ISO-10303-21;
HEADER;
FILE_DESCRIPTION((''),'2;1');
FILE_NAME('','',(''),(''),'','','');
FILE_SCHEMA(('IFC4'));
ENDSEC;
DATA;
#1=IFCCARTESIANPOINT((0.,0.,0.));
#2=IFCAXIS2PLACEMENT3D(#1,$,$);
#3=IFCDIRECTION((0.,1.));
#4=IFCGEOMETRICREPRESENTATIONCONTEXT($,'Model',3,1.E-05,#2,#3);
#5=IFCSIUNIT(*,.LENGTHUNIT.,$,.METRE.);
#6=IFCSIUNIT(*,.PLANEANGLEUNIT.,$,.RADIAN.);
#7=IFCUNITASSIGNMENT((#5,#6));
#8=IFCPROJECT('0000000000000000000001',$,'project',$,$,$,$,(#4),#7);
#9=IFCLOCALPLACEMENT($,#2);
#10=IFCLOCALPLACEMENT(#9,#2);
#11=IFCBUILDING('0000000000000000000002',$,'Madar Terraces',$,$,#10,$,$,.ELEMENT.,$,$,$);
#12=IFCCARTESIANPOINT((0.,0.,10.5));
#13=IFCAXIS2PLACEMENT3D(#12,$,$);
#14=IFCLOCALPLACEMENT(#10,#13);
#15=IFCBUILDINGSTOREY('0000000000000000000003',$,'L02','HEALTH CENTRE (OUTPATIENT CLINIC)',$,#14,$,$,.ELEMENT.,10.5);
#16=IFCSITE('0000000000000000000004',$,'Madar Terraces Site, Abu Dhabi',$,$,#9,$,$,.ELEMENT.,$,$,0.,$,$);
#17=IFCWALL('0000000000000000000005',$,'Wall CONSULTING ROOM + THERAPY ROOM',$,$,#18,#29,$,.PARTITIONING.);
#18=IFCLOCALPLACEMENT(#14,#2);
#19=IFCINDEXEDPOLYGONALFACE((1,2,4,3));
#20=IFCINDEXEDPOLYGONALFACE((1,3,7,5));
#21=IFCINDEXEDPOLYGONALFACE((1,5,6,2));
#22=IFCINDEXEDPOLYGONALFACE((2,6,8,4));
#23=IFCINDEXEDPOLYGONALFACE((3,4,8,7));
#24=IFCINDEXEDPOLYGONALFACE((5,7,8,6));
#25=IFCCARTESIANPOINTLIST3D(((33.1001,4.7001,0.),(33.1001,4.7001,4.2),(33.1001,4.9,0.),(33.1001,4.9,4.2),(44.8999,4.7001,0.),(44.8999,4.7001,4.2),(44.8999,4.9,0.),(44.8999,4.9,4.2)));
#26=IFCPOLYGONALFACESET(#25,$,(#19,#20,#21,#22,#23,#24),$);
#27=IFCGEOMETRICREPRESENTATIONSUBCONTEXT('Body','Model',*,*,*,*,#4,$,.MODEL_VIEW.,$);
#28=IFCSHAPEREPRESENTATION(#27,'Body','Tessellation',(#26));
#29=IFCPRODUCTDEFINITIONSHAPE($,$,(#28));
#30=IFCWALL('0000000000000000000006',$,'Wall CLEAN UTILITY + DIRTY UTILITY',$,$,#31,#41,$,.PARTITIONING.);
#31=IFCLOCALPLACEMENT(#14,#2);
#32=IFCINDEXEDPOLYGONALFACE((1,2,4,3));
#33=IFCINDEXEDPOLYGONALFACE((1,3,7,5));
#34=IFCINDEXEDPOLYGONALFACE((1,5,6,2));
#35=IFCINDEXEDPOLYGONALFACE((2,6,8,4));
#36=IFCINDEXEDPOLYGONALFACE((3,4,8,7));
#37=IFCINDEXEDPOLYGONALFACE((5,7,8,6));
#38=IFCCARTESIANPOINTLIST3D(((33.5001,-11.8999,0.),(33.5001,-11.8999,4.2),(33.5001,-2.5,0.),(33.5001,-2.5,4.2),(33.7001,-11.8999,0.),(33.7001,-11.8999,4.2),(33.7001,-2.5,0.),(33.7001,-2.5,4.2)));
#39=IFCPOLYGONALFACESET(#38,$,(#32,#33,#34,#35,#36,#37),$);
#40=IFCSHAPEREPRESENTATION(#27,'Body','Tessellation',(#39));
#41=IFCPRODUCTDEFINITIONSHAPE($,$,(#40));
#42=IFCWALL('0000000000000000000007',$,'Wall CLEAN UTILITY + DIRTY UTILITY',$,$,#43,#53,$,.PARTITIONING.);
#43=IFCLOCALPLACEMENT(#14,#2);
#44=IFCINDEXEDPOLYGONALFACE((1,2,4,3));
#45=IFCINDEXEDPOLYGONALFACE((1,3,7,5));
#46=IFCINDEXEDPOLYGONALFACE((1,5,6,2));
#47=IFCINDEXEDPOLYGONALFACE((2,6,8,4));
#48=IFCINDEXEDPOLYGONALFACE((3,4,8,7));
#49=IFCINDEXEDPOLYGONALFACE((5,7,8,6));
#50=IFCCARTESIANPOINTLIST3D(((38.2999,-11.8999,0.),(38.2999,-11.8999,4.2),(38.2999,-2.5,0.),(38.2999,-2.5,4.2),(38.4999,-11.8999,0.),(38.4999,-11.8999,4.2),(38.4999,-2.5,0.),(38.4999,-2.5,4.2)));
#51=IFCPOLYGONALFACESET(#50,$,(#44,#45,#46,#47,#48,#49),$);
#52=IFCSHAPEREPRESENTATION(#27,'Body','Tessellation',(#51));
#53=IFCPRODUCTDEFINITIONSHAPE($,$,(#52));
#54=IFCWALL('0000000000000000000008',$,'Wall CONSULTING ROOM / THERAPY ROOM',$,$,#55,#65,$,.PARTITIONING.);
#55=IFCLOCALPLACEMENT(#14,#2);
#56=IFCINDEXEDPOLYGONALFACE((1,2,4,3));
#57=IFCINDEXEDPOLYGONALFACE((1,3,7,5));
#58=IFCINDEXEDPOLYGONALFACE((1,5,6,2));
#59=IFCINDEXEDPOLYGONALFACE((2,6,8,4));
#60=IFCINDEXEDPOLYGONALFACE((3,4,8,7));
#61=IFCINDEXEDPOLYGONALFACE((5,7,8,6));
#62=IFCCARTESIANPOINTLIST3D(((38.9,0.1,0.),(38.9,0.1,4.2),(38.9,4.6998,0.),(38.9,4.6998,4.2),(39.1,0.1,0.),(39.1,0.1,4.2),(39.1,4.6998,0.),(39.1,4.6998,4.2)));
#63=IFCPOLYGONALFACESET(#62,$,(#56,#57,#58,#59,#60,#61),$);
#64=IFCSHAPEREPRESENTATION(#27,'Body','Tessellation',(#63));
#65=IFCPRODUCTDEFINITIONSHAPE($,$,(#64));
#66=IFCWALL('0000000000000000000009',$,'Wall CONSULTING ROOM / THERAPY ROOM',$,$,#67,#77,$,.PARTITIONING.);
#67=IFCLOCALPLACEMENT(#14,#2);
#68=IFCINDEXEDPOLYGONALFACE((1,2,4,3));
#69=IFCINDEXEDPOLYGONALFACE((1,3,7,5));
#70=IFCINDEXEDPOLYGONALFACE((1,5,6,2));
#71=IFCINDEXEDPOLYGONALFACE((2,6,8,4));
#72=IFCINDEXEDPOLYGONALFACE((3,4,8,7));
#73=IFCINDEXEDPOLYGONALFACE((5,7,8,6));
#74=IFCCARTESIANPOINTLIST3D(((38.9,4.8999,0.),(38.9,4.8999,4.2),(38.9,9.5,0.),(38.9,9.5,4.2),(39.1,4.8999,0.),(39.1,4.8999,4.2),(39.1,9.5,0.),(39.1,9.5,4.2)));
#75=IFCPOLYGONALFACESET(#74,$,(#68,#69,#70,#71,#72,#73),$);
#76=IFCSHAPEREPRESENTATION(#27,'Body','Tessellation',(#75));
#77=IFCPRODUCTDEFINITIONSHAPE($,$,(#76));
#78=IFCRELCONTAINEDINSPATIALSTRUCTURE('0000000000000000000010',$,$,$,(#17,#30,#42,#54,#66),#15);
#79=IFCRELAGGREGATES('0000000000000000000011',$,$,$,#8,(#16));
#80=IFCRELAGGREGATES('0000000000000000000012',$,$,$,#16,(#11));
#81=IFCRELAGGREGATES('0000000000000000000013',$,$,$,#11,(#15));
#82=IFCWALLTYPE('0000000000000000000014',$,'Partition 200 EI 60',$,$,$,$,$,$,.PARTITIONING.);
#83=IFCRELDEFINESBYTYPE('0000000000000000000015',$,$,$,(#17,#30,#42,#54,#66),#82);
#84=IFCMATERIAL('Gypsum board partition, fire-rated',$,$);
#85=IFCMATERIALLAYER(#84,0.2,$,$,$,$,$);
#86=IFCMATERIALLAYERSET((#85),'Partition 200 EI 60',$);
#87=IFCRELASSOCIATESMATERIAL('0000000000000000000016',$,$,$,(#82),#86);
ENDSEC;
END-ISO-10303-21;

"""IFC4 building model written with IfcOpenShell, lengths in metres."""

from ifc_helpers import new_model, si_unit, direction, frame, frame_2d, origin, place, context, subcontext, project, spatial, rectangle, extrude, material, layer, layer_set, type_object, element, save


model = new_model("IFC4")

# Units and contexts
model_context = context("Model", 3, precision=1e-05, world=origin(), true_north=direction((0.0, 1.0)))
body_context = subcontext(model_context, "Body", "Model", "MODEL_VIEW")
ifc_project = project(units=[si_unit("LENGTHUNIT", "METRE"), si_unit("PLANEANGLEUNIT", "RADIAN")], contexts=[model_context])

# Site, building, storey
site_placement = place(None, origin())
site = spatial("IfcSite", under=ifc_project, at=site_placement, Name="Madar Terraces Site, Abu Dhabi", CompositionType="ELEMENT", RefElevation=0.0)
building_placement = place(site_placement, origin())
building = spatial("IfcBuilding", under=site, at=building_placement, Name="Madar Terraces", CompositionType="ELEMENT")
storey_placement = place(building_placement, frame((0.0, 0.0, 10.5)))
storey = spatial("IfcBuildingStorey", under=building, at=storey_placement, Name="L02", Description="HEALTH CENTRE (OUTPATIENT CLINIC)", CompositionType="ELEMENT", Elevation=10.5)

# Shared definitions
ifc_material_1 = material(Name="Gypsum board partition, fire-rated")
ifc_layer = layer(ifc_material_1, 0.2)
ifc_layer_set = layer_set([ifc_layer], Name="Partition 200 EI 60")
wall_type = type_object("IfcWallType", Name="Partition 200 EI 60", PredefinedType="PARTITIONING", material=ifc_layer_set)

# Walls
wall_1_placement = place(storey_placement, frame((33.1001, 4.8, 0.0), z_axis=(0.0, 0.0, 1.0), x_axis=(1.0, 0.0, 0.0)))
element("IfcWall", 1, at=wall_1_placement, inside=storey, type_object=wall_type, Name="Wall CONSULTING ROOM + THERAPY ROOM", PredefinedType="PARTITIONING", context=body_context, shape_type="SweptSolid", body=[
    extrude(rectangle(XDim=11.7998, YDim=0.2, at=frame_2d((5.8999, 0.0))), origin(), (0.0, 0.0, 1.0), 4.2),
])
for number, where, z_axis, x_axis, name in (
    (2, (33.6001, -11.8999, 0.0), (0.0, 0.0, 1.0), (0.0, 1.0, 0.0), "Wall CLEAN UTILITY + DIRTY UTILITY"),
    (3, (38.3999, -11.8999, 0.0), (0.0, 0.0, 1.0), (0.0, 1.0, 0.0), "Wall CLEAN UTILITY + DIRTY UTILITY"),
):
    element("IfcWall", number, at=place(storey_placement, frame(where, z_axis=z_axis, x_axis=x_axis)), inside=storey, type_object=wall_type, Name=name, PredefinedType="PARTITIONING", context=body_context, shape_type="SweptSolid", body=[
        extrude(rectangle(XDim=9.3999, YDim=0.2, at=frame_2d((4.7, 0.0))), origin(), (0.0, 0.0, 1.0), 4.2),
    ])
wall_2_placement = place(storey_placement, frame((39.0, 0.1001, 0.0), z_axis=(0.0, 0.0, 1.0), x_axis=(0.0, 1.0, 0.0)))
element("IfcWall", 4, at=wall_2_placement, inside=storey, type_object=wall_type, Name="Wall CONSULTING ROOM / THERAPY ROOM", PredefinedType="PARTITIONING", context=body_context, shape_type="SweptSolid", body=[
    extrude(rectangle(XDim=4.5999, YDim=0.2, at=frame_2d((2.2998, 0.0))), origin(), (0.0, 0.0, 1.0), 4.2),
])
wall_3_placement = place(storey_placement, frame((39.0, 4.8999, 0.0), z_axis=(0.0, 0.0, 1.0), x_axis=(0.0, 1.0, 0.0)))
element("IfcWall", 5, at=wall_3_placement, inside=storey, type_object=wall_type, Name="Wall CONSULTING ROOM / THERAPY ROOM", PredefinedType="PARTITIONING", context=body_context, shape_type="SweptSolid", body=[
    extrude(rectangle(XDim=4.6001, YDim=0.2, at=frame_2d((2.3, 0.0))), origin(), (0.0, 0.0, 1.0), 4.2),
])

save(model, "model.ifc")
